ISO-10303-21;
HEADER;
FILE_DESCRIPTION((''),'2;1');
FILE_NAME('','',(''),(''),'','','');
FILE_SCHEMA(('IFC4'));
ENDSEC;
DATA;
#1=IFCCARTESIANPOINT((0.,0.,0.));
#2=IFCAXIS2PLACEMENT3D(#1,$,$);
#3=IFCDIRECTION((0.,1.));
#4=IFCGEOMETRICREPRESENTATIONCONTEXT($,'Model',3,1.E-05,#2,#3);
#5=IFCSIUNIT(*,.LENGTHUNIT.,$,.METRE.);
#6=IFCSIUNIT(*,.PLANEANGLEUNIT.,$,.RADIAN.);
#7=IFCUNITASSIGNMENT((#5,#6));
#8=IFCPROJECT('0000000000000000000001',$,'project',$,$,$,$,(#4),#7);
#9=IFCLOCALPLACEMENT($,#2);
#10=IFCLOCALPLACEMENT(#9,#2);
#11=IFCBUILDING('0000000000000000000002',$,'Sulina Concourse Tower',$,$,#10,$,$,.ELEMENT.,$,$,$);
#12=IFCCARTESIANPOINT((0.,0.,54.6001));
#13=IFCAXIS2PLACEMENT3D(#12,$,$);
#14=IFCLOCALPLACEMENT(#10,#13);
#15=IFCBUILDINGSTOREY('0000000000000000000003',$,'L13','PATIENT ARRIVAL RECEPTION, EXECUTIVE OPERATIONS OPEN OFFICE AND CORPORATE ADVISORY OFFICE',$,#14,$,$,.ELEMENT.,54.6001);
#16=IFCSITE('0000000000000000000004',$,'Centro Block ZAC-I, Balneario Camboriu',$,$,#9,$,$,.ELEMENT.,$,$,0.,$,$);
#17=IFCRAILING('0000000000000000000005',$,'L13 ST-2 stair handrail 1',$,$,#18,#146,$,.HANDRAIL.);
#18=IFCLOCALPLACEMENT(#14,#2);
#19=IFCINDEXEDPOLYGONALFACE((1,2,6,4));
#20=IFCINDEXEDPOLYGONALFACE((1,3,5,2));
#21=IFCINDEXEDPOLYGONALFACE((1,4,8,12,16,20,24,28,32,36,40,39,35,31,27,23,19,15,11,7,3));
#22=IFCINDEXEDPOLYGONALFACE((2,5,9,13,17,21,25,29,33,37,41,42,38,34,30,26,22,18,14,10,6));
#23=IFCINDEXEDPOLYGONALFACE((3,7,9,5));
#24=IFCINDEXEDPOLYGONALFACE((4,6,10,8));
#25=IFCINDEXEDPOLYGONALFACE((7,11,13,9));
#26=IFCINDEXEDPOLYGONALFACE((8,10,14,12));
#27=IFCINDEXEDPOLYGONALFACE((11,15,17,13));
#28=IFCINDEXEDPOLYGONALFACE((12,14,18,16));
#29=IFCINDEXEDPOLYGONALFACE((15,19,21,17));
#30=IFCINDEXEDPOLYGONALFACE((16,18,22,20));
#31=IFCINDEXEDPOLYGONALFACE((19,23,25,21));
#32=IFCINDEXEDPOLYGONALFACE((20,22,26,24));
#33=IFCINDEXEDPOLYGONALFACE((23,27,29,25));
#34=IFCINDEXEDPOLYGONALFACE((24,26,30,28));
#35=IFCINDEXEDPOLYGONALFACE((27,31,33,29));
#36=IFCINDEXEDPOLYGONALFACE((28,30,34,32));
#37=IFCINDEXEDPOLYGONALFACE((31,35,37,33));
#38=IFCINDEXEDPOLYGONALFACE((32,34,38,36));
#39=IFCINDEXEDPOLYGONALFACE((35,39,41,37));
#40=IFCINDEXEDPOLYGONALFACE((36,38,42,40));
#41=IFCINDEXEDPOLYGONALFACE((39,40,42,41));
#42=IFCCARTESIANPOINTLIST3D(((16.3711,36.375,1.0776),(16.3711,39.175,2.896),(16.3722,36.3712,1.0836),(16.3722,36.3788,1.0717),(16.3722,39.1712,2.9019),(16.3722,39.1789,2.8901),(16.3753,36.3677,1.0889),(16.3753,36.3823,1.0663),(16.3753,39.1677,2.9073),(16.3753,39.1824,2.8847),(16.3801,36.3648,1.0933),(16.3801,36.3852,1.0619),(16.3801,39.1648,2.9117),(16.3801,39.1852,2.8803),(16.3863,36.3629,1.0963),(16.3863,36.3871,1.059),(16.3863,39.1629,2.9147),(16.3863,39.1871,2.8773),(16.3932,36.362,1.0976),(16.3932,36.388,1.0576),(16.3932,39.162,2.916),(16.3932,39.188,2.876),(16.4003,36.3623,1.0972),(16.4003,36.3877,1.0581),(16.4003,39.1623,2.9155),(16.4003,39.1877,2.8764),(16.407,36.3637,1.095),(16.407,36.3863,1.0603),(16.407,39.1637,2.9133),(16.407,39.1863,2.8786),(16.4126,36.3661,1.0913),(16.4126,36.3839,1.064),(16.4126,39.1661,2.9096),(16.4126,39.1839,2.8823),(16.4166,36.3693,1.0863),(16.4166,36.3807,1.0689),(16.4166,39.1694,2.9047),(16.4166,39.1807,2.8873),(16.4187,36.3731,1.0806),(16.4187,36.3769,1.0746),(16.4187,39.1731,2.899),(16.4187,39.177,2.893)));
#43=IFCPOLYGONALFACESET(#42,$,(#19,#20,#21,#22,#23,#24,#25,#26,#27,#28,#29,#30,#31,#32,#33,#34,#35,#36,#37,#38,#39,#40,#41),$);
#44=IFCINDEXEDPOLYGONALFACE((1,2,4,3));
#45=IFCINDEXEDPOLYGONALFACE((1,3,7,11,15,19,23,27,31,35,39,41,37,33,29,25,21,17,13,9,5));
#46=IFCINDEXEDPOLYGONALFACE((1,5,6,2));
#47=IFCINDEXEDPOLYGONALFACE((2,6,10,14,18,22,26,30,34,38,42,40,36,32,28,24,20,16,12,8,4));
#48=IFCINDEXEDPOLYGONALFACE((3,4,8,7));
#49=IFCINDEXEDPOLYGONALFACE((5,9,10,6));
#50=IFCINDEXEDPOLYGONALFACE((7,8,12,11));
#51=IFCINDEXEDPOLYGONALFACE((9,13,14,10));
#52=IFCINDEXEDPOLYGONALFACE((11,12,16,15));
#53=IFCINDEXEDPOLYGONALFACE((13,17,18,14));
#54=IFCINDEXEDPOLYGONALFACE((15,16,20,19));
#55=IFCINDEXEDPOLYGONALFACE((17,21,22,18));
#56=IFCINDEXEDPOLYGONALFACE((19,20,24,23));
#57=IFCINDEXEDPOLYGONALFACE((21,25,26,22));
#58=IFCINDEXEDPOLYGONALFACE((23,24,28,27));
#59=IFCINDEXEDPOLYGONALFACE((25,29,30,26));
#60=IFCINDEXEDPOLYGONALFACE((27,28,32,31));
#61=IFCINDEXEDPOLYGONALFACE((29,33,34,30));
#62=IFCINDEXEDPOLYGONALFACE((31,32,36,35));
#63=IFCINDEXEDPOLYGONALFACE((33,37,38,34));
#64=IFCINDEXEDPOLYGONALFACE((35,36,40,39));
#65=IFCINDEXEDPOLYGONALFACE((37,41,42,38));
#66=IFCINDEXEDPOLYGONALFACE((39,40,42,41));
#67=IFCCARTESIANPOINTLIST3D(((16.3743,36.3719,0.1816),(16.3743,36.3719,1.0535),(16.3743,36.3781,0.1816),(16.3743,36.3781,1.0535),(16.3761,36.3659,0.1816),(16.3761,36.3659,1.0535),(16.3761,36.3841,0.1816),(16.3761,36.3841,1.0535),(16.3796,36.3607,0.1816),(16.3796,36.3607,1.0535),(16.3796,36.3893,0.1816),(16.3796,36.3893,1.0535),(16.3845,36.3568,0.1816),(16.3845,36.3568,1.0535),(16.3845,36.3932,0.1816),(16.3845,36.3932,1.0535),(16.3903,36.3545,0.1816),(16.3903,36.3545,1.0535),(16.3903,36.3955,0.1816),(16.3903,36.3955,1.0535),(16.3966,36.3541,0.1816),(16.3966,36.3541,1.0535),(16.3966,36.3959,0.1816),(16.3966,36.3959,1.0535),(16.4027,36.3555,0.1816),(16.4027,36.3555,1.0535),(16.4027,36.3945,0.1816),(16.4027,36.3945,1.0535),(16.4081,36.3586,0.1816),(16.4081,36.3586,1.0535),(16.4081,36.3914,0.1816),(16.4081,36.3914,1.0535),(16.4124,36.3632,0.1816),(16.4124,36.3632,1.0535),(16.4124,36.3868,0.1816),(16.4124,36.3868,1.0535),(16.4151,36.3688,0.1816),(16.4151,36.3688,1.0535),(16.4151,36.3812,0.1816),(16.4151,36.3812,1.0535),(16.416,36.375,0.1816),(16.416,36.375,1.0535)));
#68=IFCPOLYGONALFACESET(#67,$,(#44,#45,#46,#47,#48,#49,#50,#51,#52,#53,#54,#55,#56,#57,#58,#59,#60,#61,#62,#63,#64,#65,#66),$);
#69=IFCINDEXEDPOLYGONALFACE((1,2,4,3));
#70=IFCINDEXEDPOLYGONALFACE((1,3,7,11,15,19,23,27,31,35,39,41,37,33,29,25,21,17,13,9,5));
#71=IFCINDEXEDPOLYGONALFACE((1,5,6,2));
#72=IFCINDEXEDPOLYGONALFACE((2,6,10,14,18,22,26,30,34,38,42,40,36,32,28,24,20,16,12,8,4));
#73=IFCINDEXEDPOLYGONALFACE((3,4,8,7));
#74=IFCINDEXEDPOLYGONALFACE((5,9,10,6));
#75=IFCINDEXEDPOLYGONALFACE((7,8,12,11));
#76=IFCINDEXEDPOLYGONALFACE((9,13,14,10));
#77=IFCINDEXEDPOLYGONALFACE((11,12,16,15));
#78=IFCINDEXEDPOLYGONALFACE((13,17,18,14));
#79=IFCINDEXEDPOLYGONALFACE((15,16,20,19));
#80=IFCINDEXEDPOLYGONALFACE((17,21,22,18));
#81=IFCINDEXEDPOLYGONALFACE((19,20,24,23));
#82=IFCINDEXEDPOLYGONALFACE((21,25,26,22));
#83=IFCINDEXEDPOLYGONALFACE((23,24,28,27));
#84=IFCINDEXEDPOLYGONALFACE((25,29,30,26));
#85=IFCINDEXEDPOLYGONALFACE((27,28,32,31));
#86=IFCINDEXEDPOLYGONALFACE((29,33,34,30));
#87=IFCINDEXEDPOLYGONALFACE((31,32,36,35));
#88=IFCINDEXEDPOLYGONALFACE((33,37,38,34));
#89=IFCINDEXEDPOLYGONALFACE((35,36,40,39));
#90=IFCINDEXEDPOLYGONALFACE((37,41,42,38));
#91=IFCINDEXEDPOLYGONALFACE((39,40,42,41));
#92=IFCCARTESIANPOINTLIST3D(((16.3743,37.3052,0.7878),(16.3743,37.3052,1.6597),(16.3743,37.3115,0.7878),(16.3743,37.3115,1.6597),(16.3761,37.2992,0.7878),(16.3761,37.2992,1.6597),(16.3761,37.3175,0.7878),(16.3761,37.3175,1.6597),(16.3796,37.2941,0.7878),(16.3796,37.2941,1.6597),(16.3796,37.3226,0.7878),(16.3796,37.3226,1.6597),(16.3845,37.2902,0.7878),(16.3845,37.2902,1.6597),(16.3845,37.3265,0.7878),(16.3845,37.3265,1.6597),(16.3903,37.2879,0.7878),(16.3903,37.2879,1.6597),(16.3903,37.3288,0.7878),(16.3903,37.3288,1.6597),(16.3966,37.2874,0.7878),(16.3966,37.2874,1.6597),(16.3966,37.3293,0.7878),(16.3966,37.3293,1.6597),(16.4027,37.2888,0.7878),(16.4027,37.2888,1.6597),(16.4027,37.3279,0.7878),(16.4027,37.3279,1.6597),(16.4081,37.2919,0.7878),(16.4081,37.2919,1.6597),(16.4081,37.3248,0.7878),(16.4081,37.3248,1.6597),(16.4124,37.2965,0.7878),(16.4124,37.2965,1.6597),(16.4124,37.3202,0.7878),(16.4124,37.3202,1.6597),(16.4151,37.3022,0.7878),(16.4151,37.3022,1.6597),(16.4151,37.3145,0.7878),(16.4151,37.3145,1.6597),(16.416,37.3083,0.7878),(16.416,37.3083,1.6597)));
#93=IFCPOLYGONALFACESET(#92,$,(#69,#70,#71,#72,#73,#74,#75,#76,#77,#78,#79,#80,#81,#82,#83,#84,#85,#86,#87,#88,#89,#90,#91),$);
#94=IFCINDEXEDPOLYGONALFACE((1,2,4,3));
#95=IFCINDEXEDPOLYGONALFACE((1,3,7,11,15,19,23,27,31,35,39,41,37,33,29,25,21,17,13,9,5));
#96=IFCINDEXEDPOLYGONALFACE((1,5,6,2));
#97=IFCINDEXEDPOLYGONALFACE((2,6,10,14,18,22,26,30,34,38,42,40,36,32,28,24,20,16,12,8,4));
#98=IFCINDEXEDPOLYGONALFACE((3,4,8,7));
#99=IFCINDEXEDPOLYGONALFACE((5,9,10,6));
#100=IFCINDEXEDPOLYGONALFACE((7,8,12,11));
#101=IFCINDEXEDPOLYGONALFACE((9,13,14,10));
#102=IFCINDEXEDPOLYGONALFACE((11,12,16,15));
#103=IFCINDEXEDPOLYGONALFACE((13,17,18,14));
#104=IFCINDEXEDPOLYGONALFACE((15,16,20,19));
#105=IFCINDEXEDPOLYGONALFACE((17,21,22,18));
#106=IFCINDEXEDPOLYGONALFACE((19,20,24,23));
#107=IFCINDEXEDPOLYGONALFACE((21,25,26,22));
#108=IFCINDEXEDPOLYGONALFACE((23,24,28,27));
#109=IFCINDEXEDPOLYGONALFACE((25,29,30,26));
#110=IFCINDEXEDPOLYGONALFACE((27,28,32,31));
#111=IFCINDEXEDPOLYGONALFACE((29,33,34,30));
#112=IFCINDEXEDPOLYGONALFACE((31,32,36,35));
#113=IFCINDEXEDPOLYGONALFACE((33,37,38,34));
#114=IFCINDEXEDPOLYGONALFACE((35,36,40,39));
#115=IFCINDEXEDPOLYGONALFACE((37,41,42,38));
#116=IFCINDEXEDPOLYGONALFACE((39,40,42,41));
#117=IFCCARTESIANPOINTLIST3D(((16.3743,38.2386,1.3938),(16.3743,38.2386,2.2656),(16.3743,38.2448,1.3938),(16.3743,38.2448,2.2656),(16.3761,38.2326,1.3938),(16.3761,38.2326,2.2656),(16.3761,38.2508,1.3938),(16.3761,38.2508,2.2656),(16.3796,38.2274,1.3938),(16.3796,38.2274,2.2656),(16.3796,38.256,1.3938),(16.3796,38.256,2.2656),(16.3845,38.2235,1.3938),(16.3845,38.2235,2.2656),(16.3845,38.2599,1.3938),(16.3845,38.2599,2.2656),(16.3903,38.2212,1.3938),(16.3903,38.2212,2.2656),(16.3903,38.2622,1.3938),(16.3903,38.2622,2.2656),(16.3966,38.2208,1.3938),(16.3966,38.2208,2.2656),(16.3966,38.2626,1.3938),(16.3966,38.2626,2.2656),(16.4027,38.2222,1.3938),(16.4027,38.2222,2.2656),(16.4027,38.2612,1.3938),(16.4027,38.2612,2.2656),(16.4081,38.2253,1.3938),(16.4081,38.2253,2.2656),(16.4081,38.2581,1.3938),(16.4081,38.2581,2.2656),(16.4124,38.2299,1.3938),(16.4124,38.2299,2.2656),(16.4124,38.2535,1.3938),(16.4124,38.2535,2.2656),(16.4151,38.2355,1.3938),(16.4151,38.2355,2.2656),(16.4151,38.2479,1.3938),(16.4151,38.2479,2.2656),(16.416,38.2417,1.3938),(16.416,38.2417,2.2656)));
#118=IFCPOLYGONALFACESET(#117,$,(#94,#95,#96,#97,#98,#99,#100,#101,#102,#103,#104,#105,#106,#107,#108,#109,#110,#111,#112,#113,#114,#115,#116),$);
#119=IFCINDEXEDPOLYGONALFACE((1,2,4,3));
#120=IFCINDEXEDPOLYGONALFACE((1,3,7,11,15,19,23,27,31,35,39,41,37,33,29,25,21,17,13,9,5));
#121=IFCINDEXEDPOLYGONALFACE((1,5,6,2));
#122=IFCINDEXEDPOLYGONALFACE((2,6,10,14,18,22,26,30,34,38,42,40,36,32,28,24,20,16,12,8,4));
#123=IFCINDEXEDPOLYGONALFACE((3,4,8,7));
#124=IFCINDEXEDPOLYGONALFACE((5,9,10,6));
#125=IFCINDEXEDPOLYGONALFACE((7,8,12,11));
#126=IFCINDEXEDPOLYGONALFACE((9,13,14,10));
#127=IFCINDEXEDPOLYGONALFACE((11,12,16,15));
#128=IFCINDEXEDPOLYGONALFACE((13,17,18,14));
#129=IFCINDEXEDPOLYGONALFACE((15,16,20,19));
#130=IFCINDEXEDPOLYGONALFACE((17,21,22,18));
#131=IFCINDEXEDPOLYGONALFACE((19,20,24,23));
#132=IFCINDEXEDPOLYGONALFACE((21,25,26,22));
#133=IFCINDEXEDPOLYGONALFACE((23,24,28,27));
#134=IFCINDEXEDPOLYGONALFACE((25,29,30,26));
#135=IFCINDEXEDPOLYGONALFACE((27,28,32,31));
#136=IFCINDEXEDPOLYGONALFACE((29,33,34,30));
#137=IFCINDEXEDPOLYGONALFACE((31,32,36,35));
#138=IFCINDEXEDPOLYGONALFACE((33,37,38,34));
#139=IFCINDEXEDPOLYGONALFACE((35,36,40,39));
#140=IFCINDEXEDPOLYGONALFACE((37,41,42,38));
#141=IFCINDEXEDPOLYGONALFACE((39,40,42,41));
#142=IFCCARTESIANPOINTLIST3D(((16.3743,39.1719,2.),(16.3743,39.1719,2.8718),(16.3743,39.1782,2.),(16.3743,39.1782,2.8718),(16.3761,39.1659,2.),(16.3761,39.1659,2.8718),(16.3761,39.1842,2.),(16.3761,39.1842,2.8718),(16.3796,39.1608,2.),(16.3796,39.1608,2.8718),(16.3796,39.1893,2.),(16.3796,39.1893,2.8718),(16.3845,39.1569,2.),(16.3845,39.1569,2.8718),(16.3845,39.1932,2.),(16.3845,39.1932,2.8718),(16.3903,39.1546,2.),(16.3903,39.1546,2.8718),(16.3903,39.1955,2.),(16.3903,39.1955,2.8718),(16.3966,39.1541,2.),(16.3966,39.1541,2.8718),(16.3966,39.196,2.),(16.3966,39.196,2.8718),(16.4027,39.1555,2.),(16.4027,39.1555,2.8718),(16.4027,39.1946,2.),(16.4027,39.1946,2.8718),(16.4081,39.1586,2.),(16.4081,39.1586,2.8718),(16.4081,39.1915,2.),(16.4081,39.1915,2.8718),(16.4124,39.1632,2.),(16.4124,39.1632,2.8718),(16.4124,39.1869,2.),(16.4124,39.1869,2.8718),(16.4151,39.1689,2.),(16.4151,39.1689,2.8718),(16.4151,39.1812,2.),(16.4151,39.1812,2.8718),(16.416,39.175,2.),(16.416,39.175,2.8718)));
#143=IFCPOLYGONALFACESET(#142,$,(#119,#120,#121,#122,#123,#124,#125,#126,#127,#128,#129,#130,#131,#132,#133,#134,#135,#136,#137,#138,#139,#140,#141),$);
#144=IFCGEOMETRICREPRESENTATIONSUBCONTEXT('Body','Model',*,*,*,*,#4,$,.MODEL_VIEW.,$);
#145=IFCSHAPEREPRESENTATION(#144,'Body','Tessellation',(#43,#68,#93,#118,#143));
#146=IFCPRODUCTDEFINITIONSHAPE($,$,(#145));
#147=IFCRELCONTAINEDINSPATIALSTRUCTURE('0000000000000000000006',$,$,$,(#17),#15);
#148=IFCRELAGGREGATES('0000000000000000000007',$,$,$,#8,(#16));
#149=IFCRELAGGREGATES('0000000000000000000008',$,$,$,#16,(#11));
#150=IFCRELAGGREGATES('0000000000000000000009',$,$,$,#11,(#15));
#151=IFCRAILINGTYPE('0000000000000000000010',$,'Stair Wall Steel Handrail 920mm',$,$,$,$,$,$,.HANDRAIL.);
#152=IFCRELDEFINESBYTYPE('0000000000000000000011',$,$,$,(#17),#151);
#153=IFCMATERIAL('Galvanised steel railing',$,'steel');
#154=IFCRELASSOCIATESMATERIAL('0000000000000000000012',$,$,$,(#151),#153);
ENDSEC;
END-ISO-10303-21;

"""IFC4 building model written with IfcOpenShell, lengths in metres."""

from ifc_helpers import new_model, si_unit, direction, frame, origin, origin_2d, place, context, subcontext, project, spatial, circle, extrude, material, type_object, element, save


model = new_model("IFC4")

# Units and contexts
model_context = context("Model", 3, precision=1e-05, world=origin(), true_north=direction((0.0, 1.0)))
body_context = subcontext(model_context, "Body", "Model", "MODEL_VIEW")
ifc_project = project(units=[si_unit("LENGTHUNIT", "METRE"), si_unit("PLANEANGLEUNIT", "RADIAN")], contexts=[model_context])

# Site, building, storey
site_placement = place(None, origin())
site = spatial("IfcSite", under=ifc_project, at=site_placement, Name="Centro Block ZAC-I, Balneario Camboriu", CompositionType="ELEMENT", RefElevation=0.0)
building_placement = place(site_placement, origin())
building = spatial("IfcBuilding", under=site, at=building_placement, Name="Sulina Concourse Tower", CompositionType="ELEMENT")
storey_placement = place(building_placement, frame((0.0, 0.0, 54.6001)))
storey = spatial("IfcBuildingStorey", under=building, at=storey_placement, Name="L13", Description="PATIENT ARRIVAL RECEPTION, EXECUTIVE OPERATIONS OPEN OFFICE AND CORPORATE ADVISORY OFFICE", CompositionType="ELEMENT", Elevation=54.6001)

# Railing
ifc_material_1 = material(Name="Galvanised steel railing", Category="steel")
railing_type_1 = type_object("IfcRailingType", Name="Stair Wall Steel Handrail 920mm", PredefinedType="HANDRAIL", material=ifc_material_1)
railing_1_placement = place(storey_placement, frame((16.395, 36.375, 0.1816)))
element("IfcRailing", 1, at=railing_1_placement, inside=storey, type_object=railing_type_1, Name="L13 ST-2 stair handrail 1", PredefinedType="HANDRAIL", context=body_context, shape_type="SweptSolid", body=[
    extrude(circle(Radius=0.0239, at=origin_2d()), frame((0.0, 0.0, 0.896), z_axis=(0.0, 0.838672, 0.544636), x_axis=(-1.0, 0.0, 0.0)), (0.0, 0.0, 1.0), 3.3386),
    extrude(circle(Radius=0.021, at=origin_2d()), origin(), (0.0, 0.0, 1.0), 0.8718),
    extrude(circle(Radius=0.021, at=origin_2d()), frame((0.0, 0.9333, 0.6062)), (0.0, 0.0, 1.0), 0.8718),
    extrude(circle(Radius=0.021, at=origin_2d()), frame((0.0, 1.8667, 1.2122)), (0.0, 0.0, 1.0), 0.8718),
    extrude(circle(Radius=0.021, at=origin_2d()), frame((0.0, 2.8, 1.8184)), (0.0, 0.0, 1.0), 0.8718),
])

save(model, "model.ifc")
